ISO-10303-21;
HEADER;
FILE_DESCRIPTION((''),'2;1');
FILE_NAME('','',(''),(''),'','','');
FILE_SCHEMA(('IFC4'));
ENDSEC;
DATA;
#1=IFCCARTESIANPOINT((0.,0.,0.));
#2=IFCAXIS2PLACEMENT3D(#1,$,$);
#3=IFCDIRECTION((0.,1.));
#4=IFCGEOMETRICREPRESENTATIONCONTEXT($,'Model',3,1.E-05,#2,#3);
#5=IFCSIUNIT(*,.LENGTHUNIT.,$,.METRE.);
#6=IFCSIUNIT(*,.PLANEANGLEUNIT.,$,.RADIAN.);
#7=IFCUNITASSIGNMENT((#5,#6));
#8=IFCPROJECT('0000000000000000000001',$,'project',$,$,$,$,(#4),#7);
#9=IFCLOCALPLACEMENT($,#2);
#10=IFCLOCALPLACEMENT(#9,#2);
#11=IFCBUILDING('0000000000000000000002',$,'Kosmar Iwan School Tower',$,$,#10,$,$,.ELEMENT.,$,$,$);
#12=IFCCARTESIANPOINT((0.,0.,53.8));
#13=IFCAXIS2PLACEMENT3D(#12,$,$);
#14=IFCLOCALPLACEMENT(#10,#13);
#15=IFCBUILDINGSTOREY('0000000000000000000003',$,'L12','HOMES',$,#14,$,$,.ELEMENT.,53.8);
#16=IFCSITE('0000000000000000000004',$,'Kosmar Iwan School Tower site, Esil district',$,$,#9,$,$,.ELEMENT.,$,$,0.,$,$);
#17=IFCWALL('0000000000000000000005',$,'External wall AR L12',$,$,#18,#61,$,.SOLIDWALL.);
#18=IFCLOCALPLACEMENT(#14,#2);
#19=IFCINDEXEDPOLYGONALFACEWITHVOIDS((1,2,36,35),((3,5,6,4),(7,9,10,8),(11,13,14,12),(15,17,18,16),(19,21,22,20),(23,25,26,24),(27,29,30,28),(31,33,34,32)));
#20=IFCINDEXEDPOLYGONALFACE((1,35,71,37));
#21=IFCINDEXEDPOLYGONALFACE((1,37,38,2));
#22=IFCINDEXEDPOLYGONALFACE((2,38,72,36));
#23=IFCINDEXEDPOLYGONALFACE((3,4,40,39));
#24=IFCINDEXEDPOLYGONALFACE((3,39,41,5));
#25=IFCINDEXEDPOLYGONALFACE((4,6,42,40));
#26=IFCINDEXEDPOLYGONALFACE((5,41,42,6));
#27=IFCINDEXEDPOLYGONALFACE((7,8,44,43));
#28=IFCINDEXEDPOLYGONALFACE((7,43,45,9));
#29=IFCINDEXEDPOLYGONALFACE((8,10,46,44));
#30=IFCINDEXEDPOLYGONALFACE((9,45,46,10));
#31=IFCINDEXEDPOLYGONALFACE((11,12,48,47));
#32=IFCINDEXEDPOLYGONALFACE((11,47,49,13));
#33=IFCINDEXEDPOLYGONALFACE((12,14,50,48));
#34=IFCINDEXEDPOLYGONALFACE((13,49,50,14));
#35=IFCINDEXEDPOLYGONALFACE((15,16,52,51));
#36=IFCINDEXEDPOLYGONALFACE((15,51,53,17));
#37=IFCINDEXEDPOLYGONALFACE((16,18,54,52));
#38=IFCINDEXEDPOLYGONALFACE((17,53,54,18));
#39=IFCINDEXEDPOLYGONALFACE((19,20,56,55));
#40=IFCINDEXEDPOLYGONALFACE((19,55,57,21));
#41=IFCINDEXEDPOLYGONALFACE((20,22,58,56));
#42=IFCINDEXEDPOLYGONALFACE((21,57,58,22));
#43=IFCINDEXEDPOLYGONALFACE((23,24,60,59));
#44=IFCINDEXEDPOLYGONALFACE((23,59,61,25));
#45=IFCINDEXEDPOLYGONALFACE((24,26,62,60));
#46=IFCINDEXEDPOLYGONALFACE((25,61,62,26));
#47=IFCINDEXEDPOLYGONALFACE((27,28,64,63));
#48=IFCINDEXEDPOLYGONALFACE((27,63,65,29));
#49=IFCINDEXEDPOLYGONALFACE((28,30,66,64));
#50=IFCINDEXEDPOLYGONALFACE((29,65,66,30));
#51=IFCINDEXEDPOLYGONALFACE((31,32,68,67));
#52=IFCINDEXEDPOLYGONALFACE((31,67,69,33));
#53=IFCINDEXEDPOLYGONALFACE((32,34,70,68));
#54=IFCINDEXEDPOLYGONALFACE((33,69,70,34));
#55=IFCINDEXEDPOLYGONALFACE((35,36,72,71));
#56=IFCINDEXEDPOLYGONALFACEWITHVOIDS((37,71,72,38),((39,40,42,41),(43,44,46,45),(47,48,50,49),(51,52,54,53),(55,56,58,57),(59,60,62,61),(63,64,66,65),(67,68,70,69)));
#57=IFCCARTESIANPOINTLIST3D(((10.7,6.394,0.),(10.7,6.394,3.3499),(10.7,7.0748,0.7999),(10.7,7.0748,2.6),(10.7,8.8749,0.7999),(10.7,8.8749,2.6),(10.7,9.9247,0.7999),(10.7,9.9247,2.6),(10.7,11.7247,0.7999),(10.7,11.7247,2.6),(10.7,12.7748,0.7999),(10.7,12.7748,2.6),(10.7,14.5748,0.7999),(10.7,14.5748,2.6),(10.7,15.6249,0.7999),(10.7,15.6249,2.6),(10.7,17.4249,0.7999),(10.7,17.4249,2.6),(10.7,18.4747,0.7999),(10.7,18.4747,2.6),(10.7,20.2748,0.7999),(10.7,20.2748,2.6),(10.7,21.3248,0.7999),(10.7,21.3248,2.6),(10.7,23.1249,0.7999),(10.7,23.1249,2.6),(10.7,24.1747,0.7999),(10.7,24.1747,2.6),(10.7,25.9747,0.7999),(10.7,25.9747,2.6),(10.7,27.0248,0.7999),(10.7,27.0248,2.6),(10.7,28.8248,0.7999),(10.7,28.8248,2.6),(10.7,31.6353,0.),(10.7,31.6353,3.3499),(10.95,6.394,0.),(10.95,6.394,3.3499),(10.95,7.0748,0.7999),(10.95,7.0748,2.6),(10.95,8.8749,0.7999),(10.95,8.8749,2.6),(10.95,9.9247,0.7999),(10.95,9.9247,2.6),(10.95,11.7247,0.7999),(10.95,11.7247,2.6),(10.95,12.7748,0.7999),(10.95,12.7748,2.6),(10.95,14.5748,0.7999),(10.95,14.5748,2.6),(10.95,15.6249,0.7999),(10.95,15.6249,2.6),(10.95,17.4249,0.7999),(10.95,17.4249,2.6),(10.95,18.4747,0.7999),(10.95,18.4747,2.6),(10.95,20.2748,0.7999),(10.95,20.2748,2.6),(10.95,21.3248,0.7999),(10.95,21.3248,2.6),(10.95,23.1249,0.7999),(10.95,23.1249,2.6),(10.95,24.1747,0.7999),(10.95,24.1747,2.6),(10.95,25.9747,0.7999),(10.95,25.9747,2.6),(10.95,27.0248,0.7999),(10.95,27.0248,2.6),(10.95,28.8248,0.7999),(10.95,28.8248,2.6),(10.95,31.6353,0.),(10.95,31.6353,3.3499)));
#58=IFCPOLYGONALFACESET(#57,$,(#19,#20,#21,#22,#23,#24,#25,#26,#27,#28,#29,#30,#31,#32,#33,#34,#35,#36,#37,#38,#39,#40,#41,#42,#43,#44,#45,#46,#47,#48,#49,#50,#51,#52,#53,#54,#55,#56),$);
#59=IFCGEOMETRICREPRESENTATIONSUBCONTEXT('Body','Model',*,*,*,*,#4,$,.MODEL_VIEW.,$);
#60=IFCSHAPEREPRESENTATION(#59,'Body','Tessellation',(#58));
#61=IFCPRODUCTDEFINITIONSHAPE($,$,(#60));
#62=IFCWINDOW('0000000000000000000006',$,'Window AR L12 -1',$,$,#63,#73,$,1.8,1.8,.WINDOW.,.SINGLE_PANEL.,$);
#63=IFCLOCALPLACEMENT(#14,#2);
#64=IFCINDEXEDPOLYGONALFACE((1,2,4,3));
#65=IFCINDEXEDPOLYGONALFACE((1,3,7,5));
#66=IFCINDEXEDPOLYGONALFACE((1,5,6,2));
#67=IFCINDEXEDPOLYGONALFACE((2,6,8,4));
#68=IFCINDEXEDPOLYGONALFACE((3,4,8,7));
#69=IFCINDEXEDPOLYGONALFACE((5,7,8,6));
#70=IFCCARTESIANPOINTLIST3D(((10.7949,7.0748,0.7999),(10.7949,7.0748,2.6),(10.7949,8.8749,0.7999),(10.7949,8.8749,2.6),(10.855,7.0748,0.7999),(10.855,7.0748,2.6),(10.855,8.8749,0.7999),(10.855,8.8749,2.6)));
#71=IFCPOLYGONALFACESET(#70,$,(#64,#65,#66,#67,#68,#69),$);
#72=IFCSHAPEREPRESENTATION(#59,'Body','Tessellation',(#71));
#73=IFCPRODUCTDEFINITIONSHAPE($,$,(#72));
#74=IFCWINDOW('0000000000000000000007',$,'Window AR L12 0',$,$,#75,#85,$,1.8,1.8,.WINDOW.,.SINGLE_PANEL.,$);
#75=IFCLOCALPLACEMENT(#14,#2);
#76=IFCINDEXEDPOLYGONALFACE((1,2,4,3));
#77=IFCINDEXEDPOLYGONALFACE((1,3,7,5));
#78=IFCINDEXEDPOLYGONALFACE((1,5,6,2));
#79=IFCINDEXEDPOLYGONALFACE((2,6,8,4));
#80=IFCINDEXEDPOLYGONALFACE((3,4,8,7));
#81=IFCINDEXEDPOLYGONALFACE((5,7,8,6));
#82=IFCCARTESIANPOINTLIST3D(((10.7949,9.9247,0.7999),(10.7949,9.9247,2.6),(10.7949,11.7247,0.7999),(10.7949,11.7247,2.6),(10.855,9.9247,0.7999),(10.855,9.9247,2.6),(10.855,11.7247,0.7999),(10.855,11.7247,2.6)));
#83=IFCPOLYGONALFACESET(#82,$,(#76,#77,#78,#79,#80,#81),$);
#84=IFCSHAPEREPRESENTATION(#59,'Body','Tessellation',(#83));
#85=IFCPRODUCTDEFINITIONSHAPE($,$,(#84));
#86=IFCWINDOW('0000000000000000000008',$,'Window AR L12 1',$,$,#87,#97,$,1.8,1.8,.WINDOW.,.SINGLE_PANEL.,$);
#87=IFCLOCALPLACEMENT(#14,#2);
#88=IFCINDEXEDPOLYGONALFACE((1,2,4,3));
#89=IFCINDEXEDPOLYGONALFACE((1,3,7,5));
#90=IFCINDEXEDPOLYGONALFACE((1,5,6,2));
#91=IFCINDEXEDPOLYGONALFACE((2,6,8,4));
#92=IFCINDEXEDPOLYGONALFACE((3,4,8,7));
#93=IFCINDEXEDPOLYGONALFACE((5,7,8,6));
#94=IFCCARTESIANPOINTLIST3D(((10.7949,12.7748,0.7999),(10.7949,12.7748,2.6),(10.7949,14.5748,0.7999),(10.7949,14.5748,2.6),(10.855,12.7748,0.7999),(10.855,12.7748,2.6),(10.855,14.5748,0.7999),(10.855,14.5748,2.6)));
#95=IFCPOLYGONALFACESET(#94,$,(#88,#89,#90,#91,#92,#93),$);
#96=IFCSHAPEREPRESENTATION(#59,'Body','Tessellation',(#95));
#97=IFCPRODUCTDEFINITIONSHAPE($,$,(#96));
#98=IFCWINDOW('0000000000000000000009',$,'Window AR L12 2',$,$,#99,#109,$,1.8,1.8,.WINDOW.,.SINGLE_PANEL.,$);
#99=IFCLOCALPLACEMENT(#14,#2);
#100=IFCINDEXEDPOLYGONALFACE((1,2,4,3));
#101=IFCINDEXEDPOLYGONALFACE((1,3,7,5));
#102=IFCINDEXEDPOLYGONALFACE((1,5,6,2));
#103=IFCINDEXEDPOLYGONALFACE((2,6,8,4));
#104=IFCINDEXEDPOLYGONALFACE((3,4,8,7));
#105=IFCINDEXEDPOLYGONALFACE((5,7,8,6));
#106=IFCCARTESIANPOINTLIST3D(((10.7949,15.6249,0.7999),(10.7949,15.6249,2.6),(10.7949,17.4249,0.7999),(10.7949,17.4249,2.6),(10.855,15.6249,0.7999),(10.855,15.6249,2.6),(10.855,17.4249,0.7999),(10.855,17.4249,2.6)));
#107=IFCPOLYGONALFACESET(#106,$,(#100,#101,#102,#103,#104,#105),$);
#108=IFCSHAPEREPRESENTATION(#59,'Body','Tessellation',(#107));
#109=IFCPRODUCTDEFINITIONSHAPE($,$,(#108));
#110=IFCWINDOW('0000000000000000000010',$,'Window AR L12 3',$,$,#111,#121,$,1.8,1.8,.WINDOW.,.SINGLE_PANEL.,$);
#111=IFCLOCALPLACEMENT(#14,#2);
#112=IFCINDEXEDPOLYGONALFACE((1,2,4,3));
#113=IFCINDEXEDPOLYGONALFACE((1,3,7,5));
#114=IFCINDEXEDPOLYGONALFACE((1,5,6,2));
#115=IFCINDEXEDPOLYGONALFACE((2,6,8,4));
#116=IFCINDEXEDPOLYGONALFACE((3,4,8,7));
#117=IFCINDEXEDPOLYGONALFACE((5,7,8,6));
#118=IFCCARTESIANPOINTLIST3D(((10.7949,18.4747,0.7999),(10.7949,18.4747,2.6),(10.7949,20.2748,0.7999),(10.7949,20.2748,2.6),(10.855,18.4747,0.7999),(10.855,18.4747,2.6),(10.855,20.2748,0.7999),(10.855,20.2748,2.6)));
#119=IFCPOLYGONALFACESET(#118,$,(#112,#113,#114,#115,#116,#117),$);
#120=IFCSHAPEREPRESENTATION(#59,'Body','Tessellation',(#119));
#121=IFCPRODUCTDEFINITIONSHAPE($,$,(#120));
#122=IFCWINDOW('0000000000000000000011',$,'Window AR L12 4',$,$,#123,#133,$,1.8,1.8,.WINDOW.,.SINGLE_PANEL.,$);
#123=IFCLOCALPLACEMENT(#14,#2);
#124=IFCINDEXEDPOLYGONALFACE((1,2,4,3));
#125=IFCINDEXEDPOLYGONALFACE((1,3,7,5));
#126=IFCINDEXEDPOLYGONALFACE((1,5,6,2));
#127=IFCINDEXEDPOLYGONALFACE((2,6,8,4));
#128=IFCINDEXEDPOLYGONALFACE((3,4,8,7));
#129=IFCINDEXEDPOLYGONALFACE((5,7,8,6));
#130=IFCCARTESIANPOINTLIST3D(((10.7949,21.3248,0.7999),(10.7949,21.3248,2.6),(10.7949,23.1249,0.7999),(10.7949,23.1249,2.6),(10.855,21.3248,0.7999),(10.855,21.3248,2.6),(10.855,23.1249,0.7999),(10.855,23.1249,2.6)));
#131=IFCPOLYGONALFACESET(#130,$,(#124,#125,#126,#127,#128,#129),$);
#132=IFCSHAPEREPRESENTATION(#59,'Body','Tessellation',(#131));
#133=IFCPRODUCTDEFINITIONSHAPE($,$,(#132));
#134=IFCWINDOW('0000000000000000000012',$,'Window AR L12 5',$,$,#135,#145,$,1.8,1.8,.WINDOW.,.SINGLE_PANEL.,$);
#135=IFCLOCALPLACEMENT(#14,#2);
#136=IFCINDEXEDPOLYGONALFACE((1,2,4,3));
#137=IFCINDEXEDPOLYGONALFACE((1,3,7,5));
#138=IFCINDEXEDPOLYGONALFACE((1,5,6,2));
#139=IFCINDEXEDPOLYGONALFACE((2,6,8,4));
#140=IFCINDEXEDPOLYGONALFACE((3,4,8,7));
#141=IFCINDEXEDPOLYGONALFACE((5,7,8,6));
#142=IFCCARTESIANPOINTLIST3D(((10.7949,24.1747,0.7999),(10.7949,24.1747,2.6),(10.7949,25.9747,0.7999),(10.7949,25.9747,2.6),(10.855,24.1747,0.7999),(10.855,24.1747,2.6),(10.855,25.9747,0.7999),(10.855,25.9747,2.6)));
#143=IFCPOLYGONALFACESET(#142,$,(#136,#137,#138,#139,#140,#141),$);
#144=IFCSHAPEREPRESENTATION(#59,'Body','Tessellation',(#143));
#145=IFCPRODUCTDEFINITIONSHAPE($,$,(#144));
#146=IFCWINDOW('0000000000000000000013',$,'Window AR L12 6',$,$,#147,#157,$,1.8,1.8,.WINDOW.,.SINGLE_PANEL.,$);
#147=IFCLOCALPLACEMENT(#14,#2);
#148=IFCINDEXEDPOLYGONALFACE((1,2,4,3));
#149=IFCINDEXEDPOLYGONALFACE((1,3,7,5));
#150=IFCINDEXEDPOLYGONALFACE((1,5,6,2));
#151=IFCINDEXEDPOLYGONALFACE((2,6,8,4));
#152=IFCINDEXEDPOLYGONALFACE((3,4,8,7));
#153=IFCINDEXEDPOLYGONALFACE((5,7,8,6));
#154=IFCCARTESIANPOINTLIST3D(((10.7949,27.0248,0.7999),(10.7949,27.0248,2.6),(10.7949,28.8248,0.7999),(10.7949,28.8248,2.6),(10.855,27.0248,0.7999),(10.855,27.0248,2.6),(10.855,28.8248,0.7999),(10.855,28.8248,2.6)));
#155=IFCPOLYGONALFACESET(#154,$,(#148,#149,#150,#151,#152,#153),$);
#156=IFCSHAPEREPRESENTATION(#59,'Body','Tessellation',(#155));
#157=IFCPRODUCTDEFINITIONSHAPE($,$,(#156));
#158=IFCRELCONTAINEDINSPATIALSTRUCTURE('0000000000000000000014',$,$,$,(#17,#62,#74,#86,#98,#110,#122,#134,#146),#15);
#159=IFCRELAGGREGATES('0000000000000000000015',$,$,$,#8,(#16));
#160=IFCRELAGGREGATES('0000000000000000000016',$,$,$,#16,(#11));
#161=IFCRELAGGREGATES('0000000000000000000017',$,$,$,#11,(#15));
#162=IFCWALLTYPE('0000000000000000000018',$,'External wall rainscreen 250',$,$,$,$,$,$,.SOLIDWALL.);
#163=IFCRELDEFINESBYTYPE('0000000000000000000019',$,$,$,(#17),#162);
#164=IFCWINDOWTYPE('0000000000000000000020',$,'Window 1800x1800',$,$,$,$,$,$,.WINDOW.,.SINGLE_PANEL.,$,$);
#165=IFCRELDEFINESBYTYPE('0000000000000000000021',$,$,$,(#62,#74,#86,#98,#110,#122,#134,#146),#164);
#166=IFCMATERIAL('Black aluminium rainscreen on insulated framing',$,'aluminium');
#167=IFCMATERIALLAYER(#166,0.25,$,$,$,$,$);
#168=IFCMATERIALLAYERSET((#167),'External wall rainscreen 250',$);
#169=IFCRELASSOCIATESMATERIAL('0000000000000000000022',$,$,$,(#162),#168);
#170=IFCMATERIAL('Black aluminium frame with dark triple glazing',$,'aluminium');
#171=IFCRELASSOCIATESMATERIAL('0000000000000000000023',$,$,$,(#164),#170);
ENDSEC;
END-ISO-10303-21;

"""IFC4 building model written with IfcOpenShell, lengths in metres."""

from ifc_helpers import new_model, si_unit, direction, frame, frame_2d, origin, place, context, subcontext, project, spatial, rectangle, extrude, material, layer, layer_set, type_object, element, fill, save


model = new_model("IFC4")

# Units and contexts
model_context = context("Model", 3, precision=1e-05, world=origin(), true_north=direction((0.0, 1.0)))
body_context = subcontext(model_context, "Body", "Model", "MODEL_VIEW")
ifc_project = project(units=[si_unit("LENGTHUNIT", "METRE"), si_unit("PLANEANGLEUNIT", "RADIAN")], contexts=[model_context])

# Site, building, storey
site_placement = place(None, origin())
site = spatial("IfcSite", under=ifc_project, at=site_placement, Name="Kosmar Iwan School Tower site, Esil district", CompositionType="ELEMENT", RefElevation=0.0)
building_placement = place(site_placement, origin())
building = spatial("IfcBuilding", under=site, at=building_placement, Name="Kosmar Iwan School Tower", CompositionType="ELEMENT")
storey_placement = place(building_placement, frame((0.0, 0.0, 53.8)))
storey = spatial("IfcBuildingStorey", under=building, at=storey_placement, Name="L12", Description="HOMES", CompositionType="ELEMENT", Elevation=53.8)

# Wall, openings, windows
ifc_material_1 = material(Name="Black aluminium rainscreen on insulated framing", Category="aluminium")
ifc_layer = layer(ifc_material_1, 0.25)
ifc_layer_set = layer_set([ifc_layer], Name="External wall rainscreen 250")
wall_type = type_object("IfcWallType", Name="External wall rainscreen 250", PredefinedType="SOLIDWALL", material=ifc_layer_set)
ifc_material_2 = material(Name="Black aluminium frame with dark triple glazing", Category="aluminium")
window_type = type_object("IfcWindowType", Name="Window 1800x1800", PartitioningType="SINGLE_PANEL", PredefinedType="WINDOW", material=ifc_material_2)
wall_1_placement = place(storey_placement, frame((10.825, 6.394, 0.0), z_axis=(0.0, 0.0, 1.0), x_axis=(0.0, 1.0, 0.0)))
wall_1 = element("IfcWall", 1, at=wall_1_placement, inside=storey, type_object=wall_type, Name="External wall AR L12", PredefinedType="SOLIDWALL", context=body_context, shape_type="SweptSolid", body=[
    extrude(rectangle(XDim=25.2412, YDim=0.25, at=frame_2d((12.6206, 0.0))), origin(), (0.0, 0.0, 1.0), 3.3499),
])
opening_1_placement = place(wall_1_placement, frame((0.6809, 0.0, 0.8)))
opening_1 = element("IfcOpeningElement", 2, at=opening_1_placement, cuts=wall_1, PredefinedType="OPENING", context=body_context, shape_type="SweptSolid", body=[
    extrude(rectangle(XDim=1.8, YDim=1.8, at=frame_2d((0.8999, 0.8999))), frame((0.0, 0.137, 0.0), z_axis=(0.0, -1.0, 0.0), x_axis=(1.0, 0.0, 0.0)), (0.0, 0.0, 1.0), 0.2739),
])
opening_2_placement = place(wall_1_placement, frame((3.5308, 0.0, 0.8)))
opening_2 = element("IfcOpeningElement", 3, at=opening_2_placement, cuts=wall_1, PredefinedType="OPENING", context=body_context, shape_type="SweptSolid", body=[
    extrude(rectangle(XDim=1.8, YDim=1.8, at=frame_2d((0.8999, 0.8999))), frame((0.0, 0.137, 0.0), z_axis=(0.0, -1.0, 0.0), x_axis=(1.0, 0.0, 0.0)), (0.0, 0.0, 1.0), 0.2739),
])
opening_3_placement = place(wall_1_placement, frame((6.3809, 0.0, 0.8)))
opening_3 = element("IfcOpeningElement", 4, at=opening_3_placement, cuts=wall_1, PredefinedType="OPENING", context=body_context, shape_type="SweptSolid", body=[
    extrude(rectangle(XDim=1.8, YDim=1.8, at=frame_2d((0.8999, 0.8999))), frame((0.0, 0.137, 0.0), z_axis=(0.0, -1.0, 0.0), x_axis=(1.0, 0.0, 0.0)), (0.0, 0.0, 1.0), 0.2739),
])
opening_4_placement = place(wall_1_placement, frame((9.231, 0.0, 0.8)))
opening_4 = element("IfcOpeningElement", 5, at=opening_4_placement, cuts=wall_1, PredefinedType="OPENING", context=body_context, shape_type="SweptSolid", body=[
    extrude(rectangle(XDim=1.8, YDim=1.8, at=frame_2d((0.8999, 0.8999))), frame((0.0, 0.137, 0.0), z_axis=(0.0, -1.0, 0.0), x_axis=(1.0, 0.0, 0.0)), (0.0, 0.0, 1.0), 0.2739),
])
opening_5_placement = place(wall_1_placement, frame((12.0808, 0.0, 0.8)))
opening_5 = element("IfcOpeningElement", 6, at=opening_5_placement, cuts=wall_1, PredefinedType="OPENING", context=body_context, shape_type="SweptSolid", body=[
    extrude(rectangle(XDim=1.8, YDim=1.8, at=frame_2d((0.8999, 0.8999))), frame((0.0, 0.137, 0.0), z_axis=(0.0, -1.0, 0.0), x_axis=(1.0, 0.0, 0.0)), (0.0, 0.0, 1.0), 0.2739),
])
opening_6_placement = place(wall_1_placement, frame((14.9309, 0.0, 0.8)))
opening_6 = element("IfcOpeningElement", 7, at=opening_6_placement, cuts=wall_1, PredefinedType="OPENING", context=body_context, shape_type="SweptSolid", body=[
    extrude(rectangle(XDim=1.8, YDim=1.8, at=frame_2d((0.8999, 0.8999))), frame((0.0, 0.137, 0.0), z_axis=(0.0, -1.0, 0.0), x_axis=(1.0, 0.0, 0.0)), (0.0, 0.0, 1.0), 0.2739),
])
opening_7_placement = place(wall_1_placement, frame((17.7808, 0.0, 0.8)))
opening_7 = element("IfcOpeningElement", 8, at=opening_7_placement, cuts=wall_1, PredefinedType="OPENING", context=body_context, shape_type="SweptSolid", body=[
    extrude(rectangle(XDim=1.8, YDim=1.8, at=frame_2d((0.8999, 0.8999))), frame((0.0, 0.137, 0.0), z_axis=(0.0, -1.0, 0.0), x_axis=(1.0, 0.0, 0.0)), (0.0, 0.0, 1.0), 0.2739),
])
opening_8_placement = place(wall_1_placement, frame((20.6309, 0.0, 0.8)))
opening_8 = element("IfcOpeningElement", 9, at=opening_8_placement, cuts=wall_1, PredefinedType="OPENING", context=body_context, shape_type="SweptSolid", body=[
    extrude(rectangle(XDim=1.8, YDim=1.8, at=frame_2d((0.8999, 0.8999))), frame((0.0, 0.137, 0.0), z_axis=(0.0, -1.0, 0.0), x_axis=(1.0, 0.0, 0.0)), (0.0, 0.0, 1.0), 0.2739),
])
window_1_placement = place(opening_1_placement, origin())
window_1 = element("IfcWindow", 10, at=window_1_placement, inside=storey, type_object=window_type, Name="Window AR L12 -1", OverallHeight=1.8, OverallWidth=1.8, PartitioningType="SINGLE_PANEL", PredefinedType="WINDOW", context=body_context, shape_type="SweptSolid", body=[
    extrude(rectangle(XDim=1.8, YDim=1.8, at=frame_2d((0.8999, 0.8999))), frame((0.0, 0.03, 0.0), z_axis=(0.0, -1.0, 0.0), x_axis=(1.0, 0.0, 0.0)), (0.0, 0.0, 1.0), 0.0601),
])
fill(opening_1, window_1)
window_2_placement = place(opening_2_placement, origin())
window_2 = element("IfcWindow", 11, at=window_2_placement, inside=storey, type_object=window_type, Name="Window AR L12 0", OverallHeight=1.8, OverallWidth=1.8, PartitioningType="SINGLE_PANEL", PredefinedType="WINDOW", context=body_context, shape_type="SweptSolid", body=[
    extrude(rectangle(XDim=1.8, YDim=1.8, at=frame_2d((0.8999, 0.8999))), frame((0.0, 0.03, 0.0), z_axis=(0.0, -1.0, 0.0), x_axis=(1.0, 0.0, 0.0)), (0.0, 0.0, 1.0), 0.0601),
])
fill(opening_2, window_2)
window_3_placement = place(opening_3_placement, origin())
window_3 = element("IfcWindow", 12, at=window_3_placement, inside=storey, type_object=window_type, Name="Window AR L12 1", OverallHeight=1.8, OverallWidth=1.8, PartitioningType="SINGLE_PANEL", PredefinedType="WINDOW", context=body_context, shape_type="SweptSolid", body=[
    extrude(rectangle(XDim=1.8, YDim=1.8, at=frame_2d((0.8999, 0.8999))), frame((0.0, 0.03, 0.0), z_axis=(0.0, -1.0, 0.0), x_axis=(1.0, 0.0, 0.0)), (0.0, 0.0, 1.0), 0.0601),
])
fill(opening_3, window_3)
window_4_placement = place(opening_4_placement, origin())
window_4 = element("IfcWindow", 13, at=window_4_placement, inside=storey, type_object=window_type, Name="Window AR L12 2", OverallHeight=1.8, OverallWidth=1.8, PartitioningType="SINGLE_PANEL", PredefinedType="WINDOW", context=body_context, shape_type="SweptSolid", body=[
    extrude(rectangle(XDim=1.8, YDim=1.8, at=frame_2d((0.8999, 0.8999))), frame((0.0, 0.03, 0.0), z_axis=(0.0, -1.0, 0.0), x_axis=(1.0, 0.0, 0.0)), (0.0, 0.0, 1.0), 0.0601),
])
fill(opening_4, window_4)
window_5_placement = place(opening_5_placement, origin())
window_5 = element("IfcWindow", 14, at=window_5_placement, inside=storey, type_object=window_type, Name="Window AR L12 3", OverallHeight=1.8, OverallWidth=1.8, PartitioningType="SINGLE_PANEL", PredefinedType="WINDOW", context=body_context, shape_type="SweptSolid", body=[
    extrude(rectangle(XDim=1.8, YDim=1.8, at=frame_2d((0.8999, 0.8999))), frame((0.0, 0.03, 0.0), z_axis=(0.0, -1.0, 0.0), x_axis=(1.0, 0.0, 0.0)), (0.0, 0.0, 1.0), 0.0601),
])
fill(opening_5, window_5)
window_6_placement = place(opening_6_placement, origin())
window_6 = element("IfcWindow", 15, at=window_6_placement, inside=storey, type_object=window_type, Name="Window AR L12 4", OverallHeight=1.8, OverallWidth=1.8, PartitioningType="SINGLE_PANEL", PredefinedType="WINDOW", context=body_context, shape_type="SweptSolid", body=[
    extrude(rectangle(XDim=1.8, YDim=1.8, at=frame_2d((0.8999, 0.8999))), frame((0.0, 0.03, 0.0), z_axis=(0.0, -1.0, 0.0), x_axis=(1.0, 0.0, 0.0)), (0.0, 0.0, 1.0), 0.0601),
])
fill(opening_6, window_6)
window_7_placement = place(opening_7_placement, origin())
window_7 = element("IfcWindow", 16, at=window_7_placement, inside=storey, type_object=window_type, Name="Window AR L12 5", OverallHeight=1.8, OverallWidth=1.8, PartitioningType="SINGLE_PANEL", PredefinedType="WINDOW", context=body_context, shape_type="SweptSolid", body=[
    extrude(rectangle(XDim=1.8, YDim=1.8, at=frame_2d((0.8999, 0.8999))), frame((0.0, 0.03, 0.0), z_axis=(0.0, -1.0, 0.0), x_axis=(1.0, 0.0, 0.0)), (0.0, 0.0, 1.0), 0.0601),
])
fill(opening_7, window_7)
window_8_placement = place(opening_8_placement, origin())
window_8 = element("IfcWindow", 17, at=window_8_placement, inside=storey, type_object=window_type, Name="Window AR L12 6", OverallHeight=1.8, OverallWidth=1.8, PartitioningType="SINGLE_PANEL", PredefinedType="WINDOW", context=body_context, shape_type="SweptSolid", body=[
    extrude(rectangle(XDim=1.8, YDim=1.8, at=frame_2d((0.8999, 0.8999))), frame((0.0, 0.03, 0.0), z_axis=(0.0, -1.0, 0.0), x_axis=(1.0, 0.0, 0.0)), (0.0, 0.0, 1.0), 0.0601),
])
fill(opening_8, window_8)

save(model, "model.ifc")
